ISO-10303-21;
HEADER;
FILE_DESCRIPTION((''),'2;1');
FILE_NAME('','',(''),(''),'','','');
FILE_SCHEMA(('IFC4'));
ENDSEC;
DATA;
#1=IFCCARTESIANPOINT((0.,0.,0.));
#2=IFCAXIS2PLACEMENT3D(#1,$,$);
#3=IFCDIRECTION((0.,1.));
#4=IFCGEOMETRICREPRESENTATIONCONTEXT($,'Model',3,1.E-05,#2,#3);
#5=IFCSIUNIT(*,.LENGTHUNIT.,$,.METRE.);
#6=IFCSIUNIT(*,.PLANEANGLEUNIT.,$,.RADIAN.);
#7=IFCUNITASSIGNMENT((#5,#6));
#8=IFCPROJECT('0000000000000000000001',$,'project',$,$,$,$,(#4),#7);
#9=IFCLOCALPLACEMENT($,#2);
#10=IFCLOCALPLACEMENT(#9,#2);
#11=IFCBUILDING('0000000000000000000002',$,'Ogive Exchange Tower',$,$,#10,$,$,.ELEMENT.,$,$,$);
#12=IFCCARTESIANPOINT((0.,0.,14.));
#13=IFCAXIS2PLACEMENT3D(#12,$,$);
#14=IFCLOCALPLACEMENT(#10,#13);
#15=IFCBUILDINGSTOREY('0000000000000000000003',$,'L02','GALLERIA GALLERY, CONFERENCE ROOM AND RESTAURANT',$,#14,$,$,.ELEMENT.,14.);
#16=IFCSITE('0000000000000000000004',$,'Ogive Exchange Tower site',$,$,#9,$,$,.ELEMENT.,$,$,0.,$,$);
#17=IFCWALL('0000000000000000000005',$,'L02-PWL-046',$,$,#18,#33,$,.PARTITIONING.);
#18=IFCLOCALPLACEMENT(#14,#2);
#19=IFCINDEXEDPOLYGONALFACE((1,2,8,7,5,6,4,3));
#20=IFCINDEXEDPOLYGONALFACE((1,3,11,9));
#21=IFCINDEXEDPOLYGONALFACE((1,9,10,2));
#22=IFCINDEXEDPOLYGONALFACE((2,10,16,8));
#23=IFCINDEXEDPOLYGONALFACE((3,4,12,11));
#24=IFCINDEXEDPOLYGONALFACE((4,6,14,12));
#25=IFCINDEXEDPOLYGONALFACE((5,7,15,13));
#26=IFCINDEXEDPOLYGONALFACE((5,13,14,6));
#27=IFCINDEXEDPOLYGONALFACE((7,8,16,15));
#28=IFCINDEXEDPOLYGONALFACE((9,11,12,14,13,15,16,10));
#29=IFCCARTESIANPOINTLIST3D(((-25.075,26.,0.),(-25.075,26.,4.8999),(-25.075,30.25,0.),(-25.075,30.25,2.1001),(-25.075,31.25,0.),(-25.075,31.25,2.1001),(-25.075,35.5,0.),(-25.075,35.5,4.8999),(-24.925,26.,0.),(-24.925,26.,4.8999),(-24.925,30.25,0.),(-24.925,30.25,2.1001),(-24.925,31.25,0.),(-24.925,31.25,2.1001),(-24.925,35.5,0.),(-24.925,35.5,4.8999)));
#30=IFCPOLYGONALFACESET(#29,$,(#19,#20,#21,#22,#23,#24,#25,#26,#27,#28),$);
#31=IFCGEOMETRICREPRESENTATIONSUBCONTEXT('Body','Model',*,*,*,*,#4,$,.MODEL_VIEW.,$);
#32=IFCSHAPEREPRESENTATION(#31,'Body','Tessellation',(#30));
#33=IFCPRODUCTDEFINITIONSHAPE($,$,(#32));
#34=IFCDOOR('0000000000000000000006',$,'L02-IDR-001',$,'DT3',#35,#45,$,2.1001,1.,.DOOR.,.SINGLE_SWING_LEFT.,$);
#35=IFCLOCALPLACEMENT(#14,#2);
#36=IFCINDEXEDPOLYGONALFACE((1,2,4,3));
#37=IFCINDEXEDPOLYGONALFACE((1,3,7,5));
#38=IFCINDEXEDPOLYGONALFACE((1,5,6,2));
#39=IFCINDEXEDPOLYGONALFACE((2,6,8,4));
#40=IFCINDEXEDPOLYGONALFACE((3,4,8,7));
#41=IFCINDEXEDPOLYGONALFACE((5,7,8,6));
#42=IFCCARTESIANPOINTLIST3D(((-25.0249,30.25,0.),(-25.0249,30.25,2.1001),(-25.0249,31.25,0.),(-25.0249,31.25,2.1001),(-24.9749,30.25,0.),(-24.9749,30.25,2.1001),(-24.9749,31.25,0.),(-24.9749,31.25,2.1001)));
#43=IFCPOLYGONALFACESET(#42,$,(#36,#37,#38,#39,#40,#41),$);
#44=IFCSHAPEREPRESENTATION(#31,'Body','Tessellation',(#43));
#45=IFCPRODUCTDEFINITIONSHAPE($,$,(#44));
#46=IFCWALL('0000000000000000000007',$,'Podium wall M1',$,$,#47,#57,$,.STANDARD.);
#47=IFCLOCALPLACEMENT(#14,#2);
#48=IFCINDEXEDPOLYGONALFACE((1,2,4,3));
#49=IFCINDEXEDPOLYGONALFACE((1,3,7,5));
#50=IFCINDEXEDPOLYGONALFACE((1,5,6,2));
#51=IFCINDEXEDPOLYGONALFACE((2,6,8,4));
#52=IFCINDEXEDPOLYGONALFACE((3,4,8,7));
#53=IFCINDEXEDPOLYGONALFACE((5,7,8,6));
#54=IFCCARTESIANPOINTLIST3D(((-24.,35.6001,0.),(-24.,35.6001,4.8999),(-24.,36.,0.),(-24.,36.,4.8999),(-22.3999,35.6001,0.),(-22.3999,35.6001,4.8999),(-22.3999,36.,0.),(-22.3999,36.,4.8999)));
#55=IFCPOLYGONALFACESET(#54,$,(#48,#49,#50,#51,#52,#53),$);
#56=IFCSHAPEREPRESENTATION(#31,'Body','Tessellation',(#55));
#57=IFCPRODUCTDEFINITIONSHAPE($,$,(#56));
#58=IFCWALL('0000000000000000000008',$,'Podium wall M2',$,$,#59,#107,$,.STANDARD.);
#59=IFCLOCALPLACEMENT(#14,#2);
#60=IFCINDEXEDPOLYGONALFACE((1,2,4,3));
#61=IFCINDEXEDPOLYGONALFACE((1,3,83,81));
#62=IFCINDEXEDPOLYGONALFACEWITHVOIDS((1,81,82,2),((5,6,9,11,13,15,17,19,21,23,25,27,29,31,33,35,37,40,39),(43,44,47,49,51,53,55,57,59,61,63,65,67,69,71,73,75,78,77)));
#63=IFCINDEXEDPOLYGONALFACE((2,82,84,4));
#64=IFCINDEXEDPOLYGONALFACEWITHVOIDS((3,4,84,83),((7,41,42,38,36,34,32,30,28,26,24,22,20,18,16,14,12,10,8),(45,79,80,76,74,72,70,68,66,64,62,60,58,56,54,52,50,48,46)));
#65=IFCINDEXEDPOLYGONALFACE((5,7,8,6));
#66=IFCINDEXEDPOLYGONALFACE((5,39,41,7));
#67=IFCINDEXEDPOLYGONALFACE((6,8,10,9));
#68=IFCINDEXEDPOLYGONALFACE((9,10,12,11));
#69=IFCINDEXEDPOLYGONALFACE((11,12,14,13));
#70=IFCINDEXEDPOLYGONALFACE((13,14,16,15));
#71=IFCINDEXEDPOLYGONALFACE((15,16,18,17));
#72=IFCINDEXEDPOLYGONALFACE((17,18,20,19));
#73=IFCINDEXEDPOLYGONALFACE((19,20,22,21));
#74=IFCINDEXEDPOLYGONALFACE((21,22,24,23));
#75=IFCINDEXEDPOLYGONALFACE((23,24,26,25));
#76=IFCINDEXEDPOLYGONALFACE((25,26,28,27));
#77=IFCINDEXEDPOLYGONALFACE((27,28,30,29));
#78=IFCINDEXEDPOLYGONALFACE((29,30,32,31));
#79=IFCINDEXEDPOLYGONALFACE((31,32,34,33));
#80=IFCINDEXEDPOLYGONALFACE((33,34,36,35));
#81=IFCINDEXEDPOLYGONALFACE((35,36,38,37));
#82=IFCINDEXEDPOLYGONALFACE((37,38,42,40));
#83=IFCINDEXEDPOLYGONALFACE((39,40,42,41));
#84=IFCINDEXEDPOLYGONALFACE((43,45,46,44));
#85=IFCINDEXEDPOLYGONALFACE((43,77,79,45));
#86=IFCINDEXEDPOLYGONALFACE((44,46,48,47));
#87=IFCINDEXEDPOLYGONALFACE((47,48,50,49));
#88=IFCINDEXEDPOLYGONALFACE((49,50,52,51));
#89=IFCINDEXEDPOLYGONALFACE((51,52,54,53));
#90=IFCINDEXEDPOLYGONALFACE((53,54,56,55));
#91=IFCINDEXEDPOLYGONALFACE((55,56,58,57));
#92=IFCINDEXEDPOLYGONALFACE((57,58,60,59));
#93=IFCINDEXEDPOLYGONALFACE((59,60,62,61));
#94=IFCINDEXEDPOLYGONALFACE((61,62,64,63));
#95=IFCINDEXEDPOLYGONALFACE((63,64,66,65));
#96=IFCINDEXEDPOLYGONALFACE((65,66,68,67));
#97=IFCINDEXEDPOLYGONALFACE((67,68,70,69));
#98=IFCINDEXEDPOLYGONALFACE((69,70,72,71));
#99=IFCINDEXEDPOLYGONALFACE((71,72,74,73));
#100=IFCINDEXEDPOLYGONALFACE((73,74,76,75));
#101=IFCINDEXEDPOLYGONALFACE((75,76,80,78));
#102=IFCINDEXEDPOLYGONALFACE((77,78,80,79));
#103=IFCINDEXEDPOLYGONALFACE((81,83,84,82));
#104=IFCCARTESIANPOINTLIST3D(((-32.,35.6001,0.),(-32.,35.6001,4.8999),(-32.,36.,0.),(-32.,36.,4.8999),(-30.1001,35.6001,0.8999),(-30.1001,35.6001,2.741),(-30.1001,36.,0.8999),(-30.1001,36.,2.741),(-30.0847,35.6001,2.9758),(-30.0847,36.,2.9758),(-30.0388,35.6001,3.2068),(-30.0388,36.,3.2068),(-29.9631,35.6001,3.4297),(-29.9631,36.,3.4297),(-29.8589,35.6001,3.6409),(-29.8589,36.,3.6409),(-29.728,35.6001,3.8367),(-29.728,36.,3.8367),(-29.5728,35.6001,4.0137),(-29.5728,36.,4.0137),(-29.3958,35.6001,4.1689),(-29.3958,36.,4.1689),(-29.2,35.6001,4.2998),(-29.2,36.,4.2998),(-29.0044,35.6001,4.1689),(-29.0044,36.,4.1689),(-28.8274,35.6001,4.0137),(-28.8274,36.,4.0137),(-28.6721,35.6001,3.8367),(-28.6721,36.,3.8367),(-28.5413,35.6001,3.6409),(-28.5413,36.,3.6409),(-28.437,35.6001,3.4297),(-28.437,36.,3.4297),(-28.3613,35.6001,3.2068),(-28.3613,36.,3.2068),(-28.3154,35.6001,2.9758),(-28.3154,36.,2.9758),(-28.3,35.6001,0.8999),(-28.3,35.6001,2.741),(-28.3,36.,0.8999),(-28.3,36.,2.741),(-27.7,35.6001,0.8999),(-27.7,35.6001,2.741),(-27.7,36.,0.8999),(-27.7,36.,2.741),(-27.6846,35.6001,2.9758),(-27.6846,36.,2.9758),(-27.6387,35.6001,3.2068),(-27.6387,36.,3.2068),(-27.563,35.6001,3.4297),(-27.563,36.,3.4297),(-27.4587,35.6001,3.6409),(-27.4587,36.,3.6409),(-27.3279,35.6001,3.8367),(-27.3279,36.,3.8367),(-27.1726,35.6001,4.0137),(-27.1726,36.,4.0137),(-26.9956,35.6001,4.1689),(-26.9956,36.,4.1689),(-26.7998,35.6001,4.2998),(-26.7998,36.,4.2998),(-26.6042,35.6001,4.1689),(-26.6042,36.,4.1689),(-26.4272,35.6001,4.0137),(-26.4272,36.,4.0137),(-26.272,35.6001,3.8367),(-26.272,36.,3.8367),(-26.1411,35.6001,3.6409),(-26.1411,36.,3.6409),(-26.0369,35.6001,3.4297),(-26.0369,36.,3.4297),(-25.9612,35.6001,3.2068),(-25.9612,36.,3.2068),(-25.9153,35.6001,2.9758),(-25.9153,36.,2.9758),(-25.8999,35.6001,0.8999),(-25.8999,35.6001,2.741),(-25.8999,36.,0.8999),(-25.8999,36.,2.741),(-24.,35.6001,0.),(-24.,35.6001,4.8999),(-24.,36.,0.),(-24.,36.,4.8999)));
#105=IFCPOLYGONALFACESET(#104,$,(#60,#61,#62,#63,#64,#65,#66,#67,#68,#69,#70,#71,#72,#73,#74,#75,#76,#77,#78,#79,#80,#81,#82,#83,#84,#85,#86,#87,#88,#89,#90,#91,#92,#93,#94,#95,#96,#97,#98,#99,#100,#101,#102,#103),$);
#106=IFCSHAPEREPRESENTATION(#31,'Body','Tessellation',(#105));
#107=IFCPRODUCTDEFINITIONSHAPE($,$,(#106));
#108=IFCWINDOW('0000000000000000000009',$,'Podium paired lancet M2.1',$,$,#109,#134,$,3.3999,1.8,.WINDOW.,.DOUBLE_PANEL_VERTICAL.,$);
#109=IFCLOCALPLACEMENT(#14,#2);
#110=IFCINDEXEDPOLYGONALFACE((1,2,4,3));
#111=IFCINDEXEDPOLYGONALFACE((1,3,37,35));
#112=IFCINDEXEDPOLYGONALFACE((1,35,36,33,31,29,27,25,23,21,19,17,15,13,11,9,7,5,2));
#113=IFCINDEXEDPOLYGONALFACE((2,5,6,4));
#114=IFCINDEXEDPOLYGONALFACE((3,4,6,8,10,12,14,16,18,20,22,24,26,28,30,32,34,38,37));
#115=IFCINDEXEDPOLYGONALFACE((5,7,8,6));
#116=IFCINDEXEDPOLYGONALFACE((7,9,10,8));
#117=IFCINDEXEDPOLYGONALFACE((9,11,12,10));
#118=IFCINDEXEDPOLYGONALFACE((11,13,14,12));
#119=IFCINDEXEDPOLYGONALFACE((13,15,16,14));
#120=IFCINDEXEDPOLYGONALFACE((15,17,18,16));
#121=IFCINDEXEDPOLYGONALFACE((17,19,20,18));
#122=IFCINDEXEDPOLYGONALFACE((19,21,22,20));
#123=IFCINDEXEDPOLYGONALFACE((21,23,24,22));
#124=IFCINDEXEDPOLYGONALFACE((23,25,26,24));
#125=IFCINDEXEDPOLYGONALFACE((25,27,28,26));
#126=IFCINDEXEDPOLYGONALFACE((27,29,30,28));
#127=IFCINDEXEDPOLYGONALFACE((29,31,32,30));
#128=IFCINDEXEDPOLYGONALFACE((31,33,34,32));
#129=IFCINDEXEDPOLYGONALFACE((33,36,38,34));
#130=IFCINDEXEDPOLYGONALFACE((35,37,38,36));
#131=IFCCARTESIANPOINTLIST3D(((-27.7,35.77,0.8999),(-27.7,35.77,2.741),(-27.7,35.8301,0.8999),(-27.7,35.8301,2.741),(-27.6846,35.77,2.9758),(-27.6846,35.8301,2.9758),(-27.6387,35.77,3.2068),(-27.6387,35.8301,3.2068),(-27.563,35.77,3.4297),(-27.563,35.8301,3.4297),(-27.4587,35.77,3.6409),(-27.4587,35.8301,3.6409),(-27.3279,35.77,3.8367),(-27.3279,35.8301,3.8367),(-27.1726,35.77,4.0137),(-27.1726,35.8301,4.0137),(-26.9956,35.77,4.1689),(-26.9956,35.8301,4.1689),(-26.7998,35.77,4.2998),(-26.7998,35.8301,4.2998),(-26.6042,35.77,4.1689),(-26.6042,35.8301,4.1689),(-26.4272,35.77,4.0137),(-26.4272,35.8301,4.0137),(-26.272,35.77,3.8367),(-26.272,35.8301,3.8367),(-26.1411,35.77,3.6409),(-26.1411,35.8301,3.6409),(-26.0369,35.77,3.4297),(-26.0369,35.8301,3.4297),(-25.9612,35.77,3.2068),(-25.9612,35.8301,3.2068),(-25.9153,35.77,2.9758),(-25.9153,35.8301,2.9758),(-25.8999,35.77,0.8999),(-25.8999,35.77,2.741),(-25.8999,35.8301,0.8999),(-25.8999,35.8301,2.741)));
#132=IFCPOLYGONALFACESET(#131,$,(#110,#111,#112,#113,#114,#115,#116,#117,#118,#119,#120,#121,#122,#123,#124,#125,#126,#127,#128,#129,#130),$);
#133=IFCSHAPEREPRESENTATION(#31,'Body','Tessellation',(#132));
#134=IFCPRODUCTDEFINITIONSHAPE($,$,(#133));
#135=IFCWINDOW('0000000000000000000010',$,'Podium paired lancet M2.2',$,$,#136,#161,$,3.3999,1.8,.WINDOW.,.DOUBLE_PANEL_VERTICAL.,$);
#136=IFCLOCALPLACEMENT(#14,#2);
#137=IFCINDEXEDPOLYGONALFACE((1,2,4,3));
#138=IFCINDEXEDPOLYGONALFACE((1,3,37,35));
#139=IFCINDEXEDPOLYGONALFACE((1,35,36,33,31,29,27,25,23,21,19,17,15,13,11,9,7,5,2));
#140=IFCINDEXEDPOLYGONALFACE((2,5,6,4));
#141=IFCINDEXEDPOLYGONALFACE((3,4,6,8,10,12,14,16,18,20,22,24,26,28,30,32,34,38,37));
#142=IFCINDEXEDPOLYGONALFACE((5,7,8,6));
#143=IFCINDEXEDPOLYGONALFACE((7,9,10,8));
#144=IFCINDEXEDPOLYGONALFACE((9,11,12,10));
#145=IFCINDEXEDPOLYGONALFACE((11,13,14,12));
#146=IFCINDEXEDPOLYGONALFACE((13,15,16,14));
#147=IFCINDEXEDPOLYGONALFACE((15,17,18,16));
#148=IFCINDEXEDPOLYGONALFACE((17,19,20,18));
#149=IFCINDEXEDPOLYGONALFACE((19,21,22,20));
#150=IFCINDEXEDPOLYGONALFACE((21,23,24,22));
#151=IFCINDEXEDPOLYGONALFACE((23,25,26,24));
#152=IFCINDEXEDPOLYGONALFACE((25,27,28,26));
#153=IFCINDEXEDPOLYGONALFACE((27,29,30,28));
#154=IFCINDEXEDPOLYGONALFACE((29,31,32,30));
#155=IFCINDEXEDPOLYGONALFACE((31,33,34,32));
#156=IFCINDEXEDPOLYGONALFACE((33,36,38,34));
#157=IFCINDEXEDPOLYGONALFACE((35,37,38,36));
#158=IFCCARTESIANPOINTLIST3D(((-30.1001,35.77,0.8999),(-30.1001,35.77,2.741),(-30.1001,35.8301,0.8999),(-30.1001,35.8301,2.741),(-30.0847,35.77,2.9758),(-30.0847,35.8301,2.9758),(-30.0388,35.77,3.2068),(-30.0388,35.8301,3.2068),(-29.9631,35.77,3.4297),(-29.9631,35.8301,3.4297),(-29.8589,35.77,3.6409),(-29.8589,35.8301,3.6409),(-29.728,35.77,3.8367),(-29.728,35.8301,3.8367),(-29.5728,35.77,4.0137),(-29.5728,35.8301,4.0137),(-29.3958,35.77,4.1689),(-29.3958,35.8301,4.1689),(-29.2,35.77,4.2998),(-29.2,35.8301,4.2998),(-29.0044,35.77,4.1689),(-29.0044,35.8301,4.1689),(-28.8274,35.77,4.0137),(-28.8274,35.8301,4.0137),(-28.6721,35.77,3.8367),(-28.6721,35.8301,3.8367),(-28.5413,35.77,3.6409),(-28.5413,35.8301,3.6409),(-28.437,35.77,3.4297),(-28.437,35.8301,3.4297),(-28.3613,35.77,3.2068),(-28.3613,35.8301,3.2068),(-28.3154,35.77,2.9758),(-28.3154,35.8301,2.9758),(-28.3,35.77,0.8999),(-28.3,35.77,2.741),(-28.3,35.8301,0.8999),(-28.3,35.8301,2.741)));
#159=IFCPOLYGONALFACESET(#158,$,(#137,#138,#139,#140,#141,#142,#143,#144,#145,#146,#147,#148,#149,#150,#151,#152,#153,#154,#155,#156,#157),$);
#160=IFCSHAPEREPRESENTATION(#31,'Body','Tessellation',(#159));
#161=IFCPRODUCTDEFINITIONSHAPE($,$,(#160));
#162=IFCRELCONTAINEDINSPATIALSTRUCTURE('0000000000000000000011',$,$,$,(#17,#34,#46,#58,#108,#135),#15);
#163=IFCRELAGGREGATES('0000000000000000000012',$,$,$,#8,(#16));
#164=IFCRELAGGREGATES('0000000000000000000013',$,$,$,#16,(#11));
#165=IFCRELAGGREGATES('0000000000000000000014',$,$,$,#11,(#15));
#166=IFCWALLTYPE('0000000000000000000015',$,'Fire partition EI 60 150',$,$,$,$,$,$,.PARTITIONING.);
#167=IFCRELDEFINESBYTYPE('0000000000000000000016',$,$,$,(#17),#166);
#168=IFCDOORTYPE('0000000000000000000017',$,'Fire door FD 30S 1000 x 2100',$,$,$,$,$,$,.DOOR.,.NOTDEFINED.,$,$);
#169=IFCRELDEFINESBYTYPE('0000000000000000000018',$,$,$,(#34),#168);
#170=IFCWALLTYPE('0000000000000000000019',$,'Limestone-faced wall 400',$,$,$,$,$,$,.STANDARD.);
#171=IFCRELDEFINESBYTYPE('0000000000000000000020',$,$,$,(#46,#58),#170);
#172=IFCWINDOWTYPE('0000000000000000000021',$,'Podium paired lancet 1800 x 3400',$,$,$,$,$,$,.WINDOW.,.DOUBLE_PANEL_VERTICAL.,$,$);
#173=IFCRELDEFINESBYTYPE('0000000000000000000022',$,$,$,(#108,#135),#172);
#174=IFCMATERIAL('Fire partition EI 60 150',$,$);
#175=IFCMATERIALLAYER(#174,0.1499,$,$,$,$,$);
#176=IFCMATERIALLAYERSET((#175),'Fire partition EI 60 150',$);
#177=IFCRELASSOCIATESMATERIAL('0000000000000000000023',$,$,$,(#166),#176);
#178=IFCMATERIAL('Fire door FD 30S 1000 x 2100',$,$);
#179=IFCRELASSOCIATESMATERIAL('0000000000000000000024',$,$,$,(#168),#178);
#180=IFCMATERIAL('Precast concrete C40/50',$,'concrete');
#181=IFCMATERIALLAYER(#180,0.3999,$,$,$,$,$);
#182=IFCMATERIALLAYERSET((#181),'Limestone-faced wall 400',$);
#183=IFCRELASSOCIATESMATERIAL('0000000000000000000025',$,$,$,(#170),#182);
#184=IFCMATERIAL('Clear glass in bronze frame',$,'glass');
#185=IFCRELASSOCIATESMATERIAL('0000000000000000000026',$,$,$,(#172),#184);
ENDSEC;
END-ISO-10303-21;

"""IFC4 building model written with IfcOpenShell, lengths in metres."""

from ifc_helpers import new_model, si_unit, direction, frame, frame_2d, origin, place, context, subcontext, project, spatial, polyline, rectangle, outline, extrude, material, layer, layer_set, type_object, element, fill, save


model = new_model("IFC4")

# Units and contexts
model_context = context("Model", 3, precision=1e-05, world=origin(), true_north=direction((0.0, 1.0)))
body_context = subcontext(model_context, "Body", "Model", "MODEL_VIEW")
ifc_project = project(units=[si_unit("LENGTHUNIT", "METRE"), si_unit("PLANEANGLEUNIT", "RADIAN")], contexts=[model_context])

# Site, building, storey
site_placement = place(None, origin())
site = spatial("IfcSite", under=ifc_project, at=site_placement, Name="Ogive Exchange Tower site", CompositionType="ELEMENT", RefElevation=0.0)
building_placement = place(site_placement, origin())
building = spatial("IfcBuilding", under=site, at=building_placement, Name="Ogive Exchange Tower", CompositionType="ELEMENT")
storey_placement = place(building_placement, frame((0.0, 0.0, 14.0)))
storey = spatial("IfcBuildingStorey", under=building, at=storey_placement, Name="L02", Description="GALLERIA GALLERY, CONFERENCE ROOM AND RESTAURANT", CompositionType="ELEMENT", Elevation=14.0)

# Wall, opening, door
ifc_material_1 = material(Name="Fire partition EI 60 150")
ifc_layer_1 = layer(ifc_material_1, 0.1499)
ifc_layer_set_1 = layer_set([ifc_layer_1], Name="Fire partition EI 60 150")
wall_type_1 = type_object("IfcWallType", Name="Fire partition EI 60 150", PredefinedType="PARTITIONING", material=ifc_layer_set_1)
wall_1_placement = place(storey_placement, frame((-25.0, 26.0, 0.0), z_axis=(0.0, 0.0, 1.0), x_axis=(0.0, 1.0, 0.0)))
wall_1 = element("IfcWall", 1, at=wall_1_placement, inside=storey, type_object=wall_type_1, Name="L02-PWL-046", PredefinedType="PARTITIONING", context=body_context, shape_type="SweptSolid", body=[
    extrude(rectangle(XDim=9.5, YDim=0.1499, at=frame_2d((4.75, 0.0))), origin(), (0.0, 0.0, 1.0), 4.8999),
])
opening_1_placement = place(wall_1_placement, frame((4.25, 0.0, 0.0)))
opening_1 = element("IfcOpeningElement", 2, at=opening_1_placement, cuts=wall_1, PredefinedType="OPENING", context=body_context, shape_type="SweptSolid", body=[
    extrude(rectangle(XDim=1.0, YDim=2.1001, at=frame_2d((0.5, 1.05))), frame((0.0, 0.085, 0.0), z_axis=(0.0, -1.0, 0.0), x_axis=(1.0, 0.0, 0.0)), (0.0, 0.0, 1.0), 0.1699),
])
ifc_material_2 = material(Name="Fire door FD 30S 1000 x 2100")
door_type_1 = type_object("IfcDoorType", Name="Fire door FD 30S 1000 x 2100", OperationType="NOTDEFINED", PredefinedType="DOOR", material=ifc_material_2)
door_1_placement = place(opening_1_placement, origin())
door_1 = element("IfcDoor", 3, at=door_1_placement, inside=storey, type_object=door_type_1, Name="L02-IDR-001", ObjectType="DT3", OperationType="SINGLE_SWING_LEFT", OverallHeight=2.1001, OverallWidth=1.0, PredefinedType="DOOR", context=body_context, shape_type="SweptSolid", body=[
    extrude(rectangle(XDim=1.0, YDim=2.1001, at=frame_2d((0.5, 1.05))), frame((0.0, 0.0249, 0.0), z_axis=(0.0, -1.0, 0.0), x_axis=(1.0, 0.0, 0.0)), (0.0, 0.0, 1.0), 0.05),
])
fill(opening_1, door_1)

# Wall
ifc_material_3 = material(Name="Precast concrete C40/50", Category="concrete")
ifc_layer_2 = layer(ifc_material_3, 0.3999)
ifc_layer_set_2 = layer_set([ifc_layer_2], Name="Limestone-faced wall 400")
wall_type_2 = type_object("IfcWallType", Name="Limestone-faced wall 400", PredefinedType="STANDARD", material=ifc_layer_set_2)
wall_2_placement = place(storey_placement, frame((-22.3999, 35.8, 0.0), z_axis=(0.0, 0.0, 1.0), x_axis=(-1.0, 0.0, 0.0)))
element("IfcWall", 4, at=wall_2_placement, inside=storey, type_object=wall_type_2, Name="Podium wall M1", PredefinedType="STANDARD", context=body_context, shape_type="SweptSolid", body=[
    extrude(rectangle(XDim=1.6001, YDim=0.3999, at=frame_2d((0.8, 0.0))), origin(), (0.0, 0.0, 1.0), 4.8999),
])

# Wall, openings, windows
wall_3_placement = place(storey_placement, frame((-24.0, 35.8, 0.0), z_axis=(0.0, 0.0, 1.0), x_axis=(-1.0, 0.0, 0.0)))
wall_3 = element("IfcWall", 5, at=wall_3_placement, inside=storey, type_object=wall_type_2, Name="Podium wall M2", PredefinedType="STANDARD", context=body_context, shape_type="SweptSolid", body=[
    extrude(rectangle(XDim=8.0, YDim=0.3999, at=frame_2d((4.0, 0.0))), origin(), (0.0, 0.0, 1.0), 4.8999),
])
opening_2_placement = place(wall_3_placement, frame((1.8999, 0.0, 0.8999)))
opening_2 = element("IfcOpeningElement", 6, at=opening_2_placement, cuts=wall_3, PredefinedType="OPENING", context=body_context, shape_type="SweptSolid", body=[
    extrude(outline(polyline([(0.0, 0.0), (1.8, 0.0), (1.8, 1.8411), (1.7847, 2.0759), (1.7388, 2.3069), (1.6631, 2.5298), (1.5588, 2.741), (1.428, 2.9368), (1.2727, 3.1138), (1.0957, 3.269), (0.8999, 3.3999), (0.7043, 3.269), (0.5273, 3.1138), (0.3721, 2.9368), (0.2412, 2.741), (0.137, 2.5298), (0.0613, 2.3069), (0.0154, 2.0759), (0.0, 1.8411), (0.0, 0.0)])), frame((0.0, 0.21, 0.0), z_axis=(0.0, -1.0, 0.0), x_axis=(1.0, 0.0, 0.0)), (0.0, 0.0, 1.0), 0.4199),
])
opening_3_placement = place(wall_3_placement, frame((4.3, 0.0, 0.8999)))
opening_3 = element("IfcOpeningElement", 7, at=opening_3_placement, cuts=wall_3, PredefinedType="OPENING", context=body_context, shape_type="SweptSolid", body=[
    extrude(outline(polyline([(0.0, 0.0), (1.8, 0.0), (1.8, 1.8411), (1.7847, 2.0759), (1.7388, 2.3069), (1.6631, 2.5298), (1.5588, 2.741), (1.428, 2.9368), (1.2727, 3.1138), (1.0957, 3.269), (0.8999, 3.3999), (0.7043, 3.269), (0.5273, 3.1138), (0.3721, 2.9368), (0.2412, 2.741), (0.137, 2.5298), (0.0613, 2.3069), (0.0154, 2.0759), (0.0, 1.8411), (0.0, 0.0)])), frame((0.0, 0.21, 0.0), z_axis=(0.0, -1.0, 0.0), x_axis=(1.0, 0.0, 0.0)), (0.0, 0.0, 1.0), 0.4199),
])
ifc_material_4 = material(Name="Clear glass in bronze frame", Category="glass")
window_type = type_object("IfcWindowType", Name="Podium paired lancet 1800 x 3400", PartitioningType="DOUBLE_PANEL_VERTICAL", PredefinedType="WINDOW", material=ifc_material_4)
window_1_placement = place(opening_2_placement, origin())
window_1 = element("IfcWindow", 8, at=window_1_placement, inside=storey, type_object=window_type, Name="Podium paired lancet M2.1", OverallHeight=3.3999, OverallWidth=1.8, PartitioningType="DOUBLE_PANEL_VERTICAL", PredefinedType="WINDOW", context=body_context, shape_type="SweptSolid", body=[
    extrude(outline(polyline([(0.0, 0.0), (1.8, 0.0), (1.8, 1.8411), (1.7847, 2.0759), (1.7388, 2.3069), (1.6631, 2.5298), (1.5588, 2.741), (1.428, 2.9368), (1.2727, 3.1138), (1.0957, 3.269), (0.8999, 3.3999), (0.7043, 3.269), (0.5273, 3.1138), (0.3721, 2.9368), (0.2412, 2.741), (0.137, 2.5298), (0.0613, 2.3069), (0.0154, 2.0759), (0.0, 1.8411), (0.0, 0.0)])), frame((0.0, 0.03, 0.0), z_axis=(0.0, -1.0, 0.0), x_axis=(1.0, 0.0, 0.0)), (0.0, 0.0, 1.0), 0.0601),
])
fill(opening_2, window_1)
window_2_placement = place(opening_3_placement, origin())
window_2 = element("IfcWindow", 9, at=window_2_placement, inside=storey, type_object=window_type, Name="Podium paired lancet M2.2", OverallHeight=3.3999, OverallWidth=1.8, PartitioningType="DOUBLE_PANEL_VERTICAL", PredefinedType="WINDOW", context=body_context, shape_type="SweptSolid", body=[
    extrude(outline(polyline([(0.0, 0.0), (1.8, 0.0), (1.8, 1.8411), (1.7847, 2.0759), (1.7388, 2.3069), (1.6631, 2.5298), (1.5588, 2.741), (1.428, 2.9368), (1.2727, 3.1138), (1.0957, 3.269), (0.8999, 3.3999), (0.7043, 3.269), (0.5273, 3.1138), (0.3721, 2.9368), (0.2412, 2.741), (0.137, 2.5298), (0.0613, 2.3069), (0.0154, 2.0759), (0.0, 1.8411), (0.0, 0.0)])), frame((0.0, 0.03, 0.0), z_axis=(0.0, -1.0, 0.0), x_axis=(1.0, 0.0, 0.0)), (0.0, 0.0, 1.0), 0.0601),
])
fill(opening_3, window_2)

save(model, "model.ifc")
